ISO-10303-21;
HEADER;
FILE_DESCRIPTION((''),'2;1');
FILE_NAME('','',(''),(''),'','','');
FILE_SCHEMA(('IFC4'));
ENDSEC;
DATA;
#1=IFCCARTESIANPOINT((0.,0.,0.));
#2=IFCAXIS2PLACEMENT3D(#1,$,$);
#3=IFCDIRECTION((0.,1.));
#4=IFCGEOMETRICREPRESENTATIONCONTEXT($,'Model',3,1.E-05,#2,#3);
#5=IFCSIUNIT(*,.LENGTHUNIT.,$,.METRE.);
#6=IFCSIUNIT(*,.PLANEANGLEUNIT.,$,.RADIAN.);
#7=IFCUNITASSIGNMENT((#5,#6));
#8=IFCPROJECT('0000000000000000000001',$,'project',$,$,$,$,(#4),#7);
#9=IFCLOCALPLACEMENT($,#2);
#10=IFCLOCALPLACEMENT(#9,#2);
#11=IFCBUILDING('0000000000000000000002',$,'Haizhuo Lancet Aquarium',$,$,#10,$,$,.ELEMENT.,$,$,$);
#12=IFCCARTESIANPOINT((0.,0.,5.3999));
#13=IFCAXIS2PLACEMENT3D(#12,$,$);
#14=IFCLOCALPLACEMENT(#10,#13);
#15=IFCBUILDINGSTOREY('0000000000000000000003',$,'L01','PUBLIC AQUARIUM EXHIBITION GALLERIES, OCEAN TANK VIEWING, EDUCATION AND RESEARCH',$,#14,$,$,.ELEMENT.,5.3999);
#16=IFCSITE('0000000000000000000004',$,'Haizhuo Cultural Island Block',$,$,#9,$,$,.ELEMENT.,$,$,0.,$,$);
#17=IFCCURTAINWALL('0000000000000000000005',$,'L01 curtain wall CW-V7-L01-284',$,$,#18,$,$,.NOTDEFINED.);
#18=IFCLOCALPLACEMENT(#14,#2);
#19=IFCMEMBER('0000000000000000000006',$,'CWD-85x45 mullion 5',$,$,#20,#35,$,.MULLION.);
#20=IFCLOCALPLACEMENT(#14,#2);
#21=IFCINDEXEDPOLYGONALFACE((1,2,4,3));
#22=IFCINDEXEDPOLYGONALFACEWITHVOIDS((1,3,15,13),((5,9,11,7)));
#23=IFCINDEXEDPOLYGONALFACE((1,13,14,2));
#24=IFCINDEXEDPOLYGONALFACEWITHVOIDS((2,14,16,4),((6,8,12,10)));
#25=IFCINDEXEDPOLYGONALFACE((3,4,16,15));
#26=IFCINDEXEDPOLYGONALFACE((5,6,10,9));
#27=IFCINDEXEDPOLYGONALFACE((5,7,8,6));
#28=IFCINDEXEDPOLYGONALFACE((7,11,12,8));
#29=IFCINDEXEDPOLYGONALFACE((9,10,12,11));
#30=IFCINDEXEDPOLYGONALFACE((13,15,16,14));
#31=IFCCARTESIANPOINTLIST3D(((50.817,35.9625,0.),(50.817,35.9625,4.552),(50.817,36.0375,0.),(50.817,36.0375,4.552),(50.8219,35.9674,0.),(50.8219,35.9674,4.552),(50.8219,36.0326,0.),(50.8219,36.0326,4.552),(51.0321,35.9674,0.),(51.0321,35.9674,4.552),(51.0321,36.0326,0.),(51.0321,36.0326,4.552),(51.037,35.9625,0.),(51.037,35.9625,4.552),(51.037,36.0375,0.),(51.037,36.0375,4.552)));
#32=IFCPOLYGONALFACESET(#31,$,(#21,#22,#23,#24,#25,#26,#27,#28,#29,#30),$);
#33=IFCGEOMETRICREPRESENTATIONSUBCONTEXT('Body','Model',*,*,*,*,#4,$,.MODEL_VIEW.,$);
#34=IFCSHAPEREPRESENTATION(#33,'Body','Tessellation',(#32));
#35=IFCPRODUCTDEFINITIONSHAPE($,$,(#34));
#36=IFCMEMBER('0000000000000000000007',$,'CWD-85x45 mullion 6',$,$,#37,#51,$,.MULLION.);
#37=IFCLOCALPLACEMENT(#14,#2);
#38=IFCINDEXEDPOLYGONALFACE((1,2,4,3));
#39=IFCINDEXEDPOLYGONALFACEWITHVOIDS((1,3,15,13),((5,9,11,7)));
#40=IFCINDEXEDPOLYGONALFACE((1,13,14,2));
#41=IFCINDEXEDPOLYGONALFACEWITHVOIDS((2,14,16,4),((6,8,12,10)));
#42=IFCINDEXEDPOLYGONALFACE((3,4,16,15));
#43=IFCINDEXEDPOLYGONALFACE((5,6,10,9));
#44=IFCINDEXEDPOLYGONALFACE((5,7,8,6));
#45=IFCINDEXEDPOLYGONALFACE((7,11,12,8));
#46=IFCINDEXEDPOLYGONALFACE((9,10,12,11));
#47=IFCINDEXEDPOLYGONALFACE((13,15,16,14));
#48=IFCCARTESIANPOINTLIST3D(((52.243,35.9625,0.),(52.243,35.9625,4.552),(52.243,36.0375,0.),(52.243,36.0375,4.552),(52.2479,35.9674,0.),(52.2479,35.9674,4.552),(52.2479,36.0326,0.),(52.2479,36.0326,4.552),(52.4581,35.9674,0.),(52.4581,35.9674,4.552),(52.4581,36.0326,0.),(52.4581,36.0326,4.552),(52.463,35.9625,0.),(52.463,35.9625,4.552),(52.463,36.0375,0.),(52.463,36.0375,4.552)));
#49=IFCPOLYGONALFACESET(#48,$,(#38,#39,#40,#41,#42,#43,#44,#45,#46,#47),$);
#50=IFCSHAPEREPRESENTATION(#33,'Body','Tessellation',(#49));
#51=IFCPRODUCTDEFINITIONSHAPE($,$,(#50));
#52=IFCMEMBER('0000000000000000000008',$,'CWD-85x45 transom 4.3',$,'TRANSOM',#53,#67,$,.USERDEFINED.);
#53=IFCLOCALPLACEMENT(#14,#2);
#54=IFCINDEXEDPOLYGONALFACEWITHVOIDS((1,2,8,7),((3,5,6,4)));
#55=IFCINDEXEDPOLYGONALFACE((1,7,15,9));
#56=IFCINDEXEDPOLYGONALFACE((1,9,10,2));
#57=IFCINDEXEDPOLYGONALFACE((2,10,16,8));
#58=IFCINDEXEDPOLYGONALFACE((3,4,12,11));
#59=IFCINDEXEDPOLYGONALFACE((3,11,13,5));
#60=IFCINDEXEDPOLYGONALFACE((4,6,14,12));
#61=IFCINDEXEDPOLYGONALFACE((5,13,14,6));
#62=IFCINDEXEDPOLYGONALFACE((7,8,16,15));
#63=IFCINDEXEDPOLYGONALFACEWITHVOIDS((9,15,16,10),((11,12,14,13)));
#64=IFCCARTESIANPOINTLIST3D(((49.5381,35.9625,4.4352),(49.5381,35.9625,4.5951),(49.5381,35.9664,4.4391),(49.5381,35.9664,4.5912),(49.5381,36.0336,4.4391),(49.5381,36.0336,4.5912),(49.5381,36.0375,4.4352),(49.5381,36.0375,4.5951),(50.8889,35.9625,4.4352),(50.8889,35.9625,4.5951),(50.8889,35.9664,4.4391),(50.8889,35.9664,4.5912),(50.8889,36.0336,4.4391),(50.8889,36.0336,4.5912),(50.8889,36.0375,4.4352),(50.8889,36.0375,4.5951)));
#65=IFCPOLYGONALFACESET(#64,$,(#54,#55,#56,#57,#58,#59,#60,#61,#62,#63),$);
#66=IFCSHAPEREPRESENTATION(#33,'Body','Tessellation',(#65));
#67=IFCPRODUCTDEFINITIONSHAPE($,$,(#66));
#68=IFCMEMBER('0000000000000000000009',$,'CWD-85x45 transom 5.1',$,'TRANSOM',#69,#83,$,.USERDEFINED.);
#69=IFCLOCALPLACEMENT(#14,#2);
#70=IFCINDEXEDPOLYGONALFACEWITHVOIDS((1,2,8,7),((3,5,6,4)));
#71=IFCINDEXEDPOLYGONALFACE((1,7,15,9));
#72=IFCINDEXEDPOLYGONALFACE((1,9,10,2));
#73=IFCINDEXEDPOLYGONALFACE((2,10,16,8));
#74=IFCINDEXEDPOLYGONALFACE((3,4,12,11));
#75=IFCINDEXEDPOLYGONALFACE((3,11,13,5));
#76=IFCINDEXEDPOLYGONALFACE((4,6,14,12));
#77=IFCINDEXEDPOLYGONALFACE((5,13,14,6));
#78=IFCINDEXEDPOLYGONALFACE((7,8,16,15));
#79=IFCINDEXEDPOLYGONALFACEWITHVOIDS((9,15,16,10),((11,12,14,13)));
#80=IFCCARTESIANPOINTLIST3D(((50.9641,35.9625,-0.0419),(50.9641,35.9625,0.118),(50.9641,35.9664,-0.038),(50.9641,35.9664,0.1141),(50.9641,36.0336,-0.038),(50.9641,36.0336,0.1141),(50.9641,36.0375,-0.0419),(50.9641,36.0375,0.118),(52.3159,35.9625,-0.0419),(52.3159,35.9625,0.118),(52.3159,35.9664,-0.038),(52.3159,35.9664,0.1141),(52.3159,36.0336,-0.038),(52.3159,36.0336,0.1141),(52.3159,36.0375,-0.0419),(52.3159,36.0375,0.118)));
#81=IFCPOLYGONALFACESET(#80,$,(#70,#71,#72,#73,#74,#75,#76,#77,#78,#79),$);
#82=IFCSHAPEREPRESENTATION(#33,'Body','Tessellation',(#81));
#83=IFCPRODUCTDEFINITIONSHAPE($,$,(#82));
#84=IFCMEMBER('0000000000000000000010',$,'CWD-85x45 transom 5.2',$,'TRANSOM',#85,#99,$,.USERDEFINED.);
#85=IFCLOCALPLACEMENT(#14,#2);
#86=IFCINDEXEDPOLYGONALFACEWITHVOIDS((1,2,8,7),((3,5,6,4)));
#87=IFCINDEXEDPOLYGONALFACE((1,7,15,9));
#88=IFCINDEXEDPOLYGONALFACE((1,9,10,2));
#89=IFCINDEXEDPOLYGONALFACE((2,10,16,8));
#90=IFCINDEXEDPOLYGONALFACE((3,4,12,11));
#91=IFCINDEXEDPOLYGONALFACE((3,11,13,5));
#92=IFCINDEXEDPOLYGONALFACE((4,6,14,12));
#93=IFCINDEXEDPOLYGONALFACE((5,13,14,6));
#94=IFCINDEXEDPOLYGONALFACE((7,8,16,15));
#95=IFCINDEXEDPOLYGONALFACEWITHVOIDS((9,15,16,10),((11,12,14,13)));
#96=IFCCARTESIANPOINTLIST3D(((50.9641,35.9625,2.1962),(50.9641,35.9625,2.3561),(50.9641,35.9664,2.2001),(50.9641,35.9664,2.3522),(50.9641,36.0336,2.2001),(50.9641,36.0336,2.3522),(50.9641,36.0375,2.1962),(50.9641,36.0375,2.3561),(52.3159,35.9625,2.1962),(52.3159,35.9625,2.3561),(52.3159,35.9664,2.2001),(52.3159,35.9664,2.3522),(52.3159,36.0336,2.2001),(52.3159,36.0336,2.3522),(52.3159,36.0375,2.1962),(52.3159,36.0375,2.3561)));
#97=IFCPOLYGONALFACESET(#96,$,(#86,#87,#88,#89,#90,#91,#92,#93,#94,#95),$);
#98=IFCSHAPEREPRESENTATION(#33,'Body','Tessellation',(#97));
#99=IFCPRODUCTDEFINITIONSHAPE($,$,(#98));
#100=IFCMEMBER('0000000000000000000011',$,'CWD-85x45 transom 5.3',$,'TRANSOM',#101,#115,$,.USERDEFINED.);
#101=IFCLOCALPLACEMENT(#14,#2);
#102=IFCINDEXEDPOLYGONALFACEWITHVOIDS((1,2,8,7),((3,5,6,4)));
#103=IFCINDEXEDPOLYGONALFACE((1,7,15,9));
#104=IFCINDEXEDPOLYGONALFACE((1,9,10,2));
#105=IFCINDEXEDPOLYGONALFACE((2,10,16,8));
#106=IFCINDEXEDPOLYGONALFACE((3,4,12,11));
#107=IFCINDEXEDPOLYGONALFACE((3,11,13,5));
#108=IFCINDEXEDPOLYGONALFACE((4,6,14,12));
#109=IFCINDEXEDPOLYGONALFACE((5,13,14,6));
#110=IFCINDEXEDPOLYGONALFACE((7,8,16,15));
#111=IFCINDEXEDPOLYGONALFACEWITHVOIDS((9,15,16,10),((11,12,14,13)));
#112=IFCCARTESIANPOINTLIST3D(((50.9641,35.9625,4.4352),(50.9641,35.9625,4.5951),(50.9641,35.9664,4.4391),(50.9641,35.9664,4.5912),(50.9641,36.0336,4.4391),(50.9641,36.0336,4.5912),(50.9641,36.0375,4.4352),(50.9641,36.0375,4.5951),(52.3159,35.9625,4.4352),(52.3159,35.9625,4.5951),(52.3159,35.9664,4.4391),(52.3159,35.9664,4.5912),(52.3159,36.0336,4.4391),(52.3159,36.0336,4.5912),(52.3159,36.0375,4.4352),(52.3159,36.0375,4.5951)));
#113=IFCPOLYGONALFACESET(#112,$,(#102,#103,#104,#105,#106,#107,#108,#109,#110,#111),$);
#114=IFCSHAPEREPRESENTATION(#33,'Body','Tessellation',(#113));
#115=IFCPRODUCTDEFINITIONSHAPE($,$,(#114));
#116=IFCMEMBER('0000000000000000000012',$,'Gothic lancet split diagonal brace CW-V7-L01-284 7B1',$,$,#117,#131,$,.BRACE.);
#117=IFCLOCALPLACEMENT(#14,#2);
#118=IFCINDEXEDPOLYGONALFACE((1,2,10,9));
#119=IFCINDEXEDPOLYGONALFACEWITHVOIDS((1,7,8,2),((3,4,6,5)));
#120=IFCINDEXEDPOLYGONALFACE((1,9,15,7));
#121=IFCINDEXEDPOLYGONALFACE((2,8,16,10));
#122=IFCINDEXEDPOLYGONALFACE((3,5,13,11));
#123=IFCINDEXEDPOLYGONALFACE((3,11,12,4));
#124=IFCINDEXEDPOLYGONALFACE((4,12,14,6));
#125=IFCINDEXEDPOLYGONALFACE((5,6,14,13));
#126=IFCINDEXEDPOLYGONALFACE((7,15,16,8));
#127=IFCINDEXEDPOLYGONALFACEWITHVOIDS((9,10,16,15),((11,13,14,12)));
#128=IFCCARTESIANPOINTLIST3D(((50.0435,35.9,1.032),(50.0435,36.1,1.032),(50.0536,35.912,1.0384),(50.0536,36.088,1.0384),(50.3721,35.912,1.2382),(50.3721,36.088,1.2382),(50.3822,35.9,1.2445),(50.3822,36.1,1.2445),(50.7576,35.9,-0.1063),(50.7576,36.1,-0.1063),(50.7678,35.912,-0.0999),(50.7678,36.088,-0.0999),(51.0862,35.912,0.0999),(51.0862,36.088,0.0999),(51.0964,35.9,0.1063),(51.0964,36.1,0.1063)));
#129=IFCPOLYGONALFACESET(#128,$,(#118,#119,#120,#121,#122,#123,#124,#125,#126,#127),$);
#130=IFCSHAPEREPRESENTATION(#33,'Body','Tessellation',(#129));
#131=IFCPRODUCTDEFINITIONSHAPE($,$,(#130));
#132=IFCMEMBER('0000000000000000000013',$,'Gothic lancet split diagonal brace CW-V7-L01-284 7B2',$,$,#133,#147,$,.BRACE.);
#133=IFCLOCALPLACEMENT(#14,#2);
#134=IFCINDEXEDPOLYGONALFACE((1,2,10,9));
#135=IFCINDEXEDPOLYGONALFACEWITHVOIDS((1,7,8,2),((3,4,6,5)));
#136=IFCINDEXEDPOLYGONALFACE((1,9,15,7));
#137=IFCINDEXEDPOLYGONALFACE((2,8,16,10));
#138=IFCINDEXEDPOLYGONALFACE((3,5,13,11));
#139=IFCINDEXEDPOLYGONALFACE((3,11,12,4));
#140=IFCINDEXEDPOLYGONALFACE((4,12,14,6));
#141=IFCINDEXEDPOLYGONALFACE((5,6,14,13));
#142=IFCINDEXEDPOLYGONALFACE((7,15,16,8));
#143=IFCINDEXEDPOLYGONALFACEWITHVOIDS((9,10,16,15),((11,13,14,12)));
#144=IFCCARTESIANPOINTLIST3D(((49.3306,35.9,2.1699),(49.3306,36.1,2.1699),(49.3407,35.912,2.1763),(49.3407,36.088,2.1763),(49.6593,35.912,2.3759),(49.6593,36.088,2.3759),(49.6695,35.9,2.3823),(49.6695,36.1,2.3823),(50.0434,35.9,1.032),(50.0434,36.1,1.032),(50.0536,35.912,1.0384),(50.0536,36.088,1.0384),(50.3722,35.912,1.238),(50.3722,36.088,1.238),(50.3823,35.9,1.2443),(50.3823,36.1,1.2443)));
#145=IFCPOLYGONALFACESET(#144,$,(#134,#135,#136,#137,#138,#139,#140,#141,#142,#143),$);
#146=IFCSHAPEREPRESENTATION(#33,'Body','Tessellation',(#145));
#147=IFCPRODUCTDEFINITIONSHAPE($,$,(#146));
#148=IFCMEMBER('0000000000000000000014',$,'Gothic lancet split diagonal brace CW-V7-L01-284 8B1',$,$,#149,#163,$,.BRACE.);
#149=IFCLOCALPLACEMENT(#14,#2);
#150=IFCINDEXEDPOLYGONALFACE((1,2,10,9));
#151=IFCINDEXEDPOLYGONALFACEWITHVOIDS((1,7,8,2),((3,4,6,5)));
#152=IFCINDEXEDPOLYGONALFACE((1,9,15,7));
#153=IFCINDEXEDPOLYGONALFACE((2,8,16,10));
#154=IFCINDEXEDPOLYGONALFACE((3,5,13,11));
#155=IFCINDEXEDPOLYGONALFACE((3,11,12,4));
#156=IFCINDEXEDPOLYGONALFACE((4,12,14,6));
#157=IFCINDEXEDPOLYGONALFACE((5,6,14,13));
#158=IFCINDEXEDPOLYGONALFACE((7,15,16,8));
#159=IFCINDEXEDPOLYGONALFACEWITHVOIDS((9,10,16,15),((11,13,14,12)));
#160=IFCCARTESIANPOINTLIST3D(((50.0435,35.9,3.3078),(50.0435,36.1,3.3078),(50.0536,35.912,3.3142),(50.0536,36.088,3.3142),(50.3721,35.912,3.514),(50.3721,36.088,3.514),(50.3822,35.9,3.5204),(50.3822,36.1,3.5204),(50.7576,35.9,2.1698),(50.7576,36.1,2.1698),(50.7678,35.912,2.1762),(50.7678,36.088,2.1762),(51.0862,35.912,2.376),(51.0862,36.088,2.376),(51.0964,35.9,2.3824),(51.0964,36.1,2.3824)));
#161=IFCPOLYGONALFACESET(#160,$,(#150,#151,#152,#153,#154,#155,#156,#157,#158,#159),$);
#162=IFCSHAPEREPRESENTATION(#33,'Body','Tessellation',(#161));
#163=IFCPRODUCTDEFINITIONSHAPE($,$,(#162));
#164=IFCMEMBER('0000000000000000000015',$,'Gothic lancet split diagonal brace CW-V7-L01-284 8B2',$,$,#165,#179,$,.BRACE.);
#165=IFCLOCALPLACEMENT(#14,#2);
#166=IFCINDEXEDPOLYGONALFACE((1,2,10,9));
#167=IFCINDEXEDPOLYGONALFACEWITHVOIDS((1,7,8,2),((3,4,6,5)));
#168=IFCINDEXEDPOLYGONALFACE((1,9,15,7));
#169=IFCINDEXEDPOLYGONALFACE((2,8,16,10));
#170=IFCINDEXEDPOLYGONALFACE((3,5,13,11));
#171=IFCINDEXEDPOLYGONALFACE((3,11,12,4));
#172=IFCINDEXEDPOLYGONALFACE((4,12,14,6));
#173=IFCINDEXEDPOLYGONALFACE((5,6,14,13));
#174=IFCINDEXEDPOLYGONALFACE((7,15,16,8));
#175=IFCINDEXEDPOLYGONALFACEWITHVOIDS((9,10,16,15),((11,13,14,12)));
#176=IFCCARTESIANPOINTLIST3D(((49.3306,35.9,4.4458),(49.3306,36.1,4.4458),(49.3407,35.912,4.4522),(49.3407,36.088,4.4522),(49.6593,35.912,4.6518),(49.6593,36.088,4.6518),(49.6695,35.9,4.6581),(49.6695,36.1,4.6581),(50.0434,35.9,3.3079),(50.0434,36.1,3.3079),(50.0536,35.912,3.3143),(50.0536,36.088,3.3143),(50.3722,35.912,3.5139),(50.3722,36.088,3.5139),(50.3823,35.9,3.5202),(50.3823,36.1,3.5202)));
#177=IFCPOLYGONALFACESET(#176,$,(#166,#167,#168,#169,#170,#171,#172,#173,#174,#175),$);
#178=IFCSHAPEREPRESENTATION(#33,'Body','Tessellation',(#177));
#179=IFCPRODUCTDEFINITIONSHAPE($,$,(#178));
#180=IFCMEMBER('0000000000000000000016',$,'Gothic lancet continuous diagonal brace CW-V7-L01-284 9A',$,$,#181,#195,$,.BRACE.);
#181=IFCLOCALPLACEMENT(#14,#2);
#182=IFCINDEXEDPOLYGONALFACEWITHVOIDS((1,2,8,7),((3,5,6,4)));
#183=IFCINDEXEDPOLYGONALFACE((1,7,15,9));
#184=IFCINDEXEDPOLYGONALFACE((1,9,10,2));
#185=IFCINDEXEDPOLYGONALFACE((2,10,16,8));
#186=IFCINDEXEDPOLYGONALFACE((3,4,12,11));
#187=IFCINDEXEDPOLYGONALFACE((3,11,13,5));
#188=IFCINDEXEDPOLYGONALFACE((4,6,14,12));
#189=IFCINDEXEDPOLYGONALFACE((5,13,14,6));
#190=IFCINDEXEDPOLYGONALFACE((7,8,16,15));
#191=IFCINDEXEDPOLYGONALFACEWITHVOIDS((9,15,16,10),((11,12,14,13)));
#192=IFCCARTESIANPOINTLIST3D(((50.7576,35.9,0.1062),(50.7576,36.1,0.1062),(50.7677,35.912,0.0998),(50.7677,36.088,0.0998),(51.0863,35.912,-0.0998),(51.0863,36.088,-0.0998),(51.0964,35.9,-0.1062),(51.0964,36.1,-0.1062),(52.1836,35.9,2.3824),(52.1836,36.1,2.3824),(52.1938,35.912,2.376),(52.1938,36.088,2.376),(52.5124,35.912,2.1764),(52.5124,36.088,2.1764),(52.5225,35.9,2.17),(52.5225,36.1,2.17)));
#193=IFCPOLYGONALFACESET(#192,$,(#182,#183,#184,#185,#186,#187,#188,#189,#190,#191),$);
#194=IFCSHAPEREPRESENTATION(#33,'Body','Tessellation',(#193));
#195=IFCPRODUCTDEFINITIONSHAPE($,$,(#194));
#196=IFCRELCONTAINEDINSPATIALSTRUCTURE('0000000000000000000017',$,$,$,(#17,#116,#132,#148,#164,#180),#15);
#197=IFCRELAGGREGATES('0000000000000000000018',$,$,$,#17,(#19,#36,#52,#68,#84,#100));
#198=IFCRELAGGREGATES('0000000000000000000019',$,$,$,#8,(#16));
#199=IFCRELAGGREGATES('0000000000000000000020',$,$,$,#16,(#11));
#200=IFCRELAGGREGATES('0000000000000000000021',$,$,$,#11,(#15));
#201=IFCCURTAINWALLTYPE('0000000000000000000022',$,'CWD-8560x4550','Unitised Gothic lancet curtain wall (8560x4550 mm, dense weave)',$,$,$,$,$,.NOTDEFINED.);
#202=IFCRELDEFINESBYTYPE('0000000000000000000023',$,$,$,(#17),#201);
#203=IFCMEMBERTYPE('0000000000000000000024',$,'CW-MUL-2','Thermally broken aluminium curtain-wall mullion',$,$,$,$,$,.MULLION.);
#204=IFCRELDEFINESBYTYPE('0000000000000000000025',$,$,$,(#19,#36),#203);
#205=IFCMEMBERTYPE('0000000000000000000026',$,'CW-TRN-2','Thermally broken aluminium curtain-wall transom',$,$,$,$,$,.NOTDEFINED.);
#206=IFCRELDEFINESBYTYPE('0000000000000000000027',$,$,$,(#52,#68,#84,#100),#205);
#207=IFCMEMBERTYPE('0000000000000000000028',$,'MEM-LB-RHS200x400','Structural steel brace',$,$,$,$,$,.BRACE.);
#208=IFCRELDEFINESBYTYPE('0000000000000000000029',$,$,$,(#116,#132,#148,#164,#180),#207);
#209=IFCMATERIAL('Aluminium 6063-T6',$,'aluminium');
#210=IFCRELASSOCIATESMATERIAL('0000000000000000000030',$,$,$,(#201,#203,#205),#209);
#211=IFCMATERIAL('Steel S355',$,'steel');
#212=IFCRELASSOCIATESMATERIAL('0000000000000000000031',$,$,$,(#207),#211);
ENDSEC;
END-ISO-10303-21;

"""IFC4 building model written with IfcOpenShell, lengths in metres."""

from ifc_helpers import new_model, si_unit, direction, frame, origin, origin_2d, place, context, subcontext, project, spatial, hollow_rectangle, extrude, material, material_profile, profile_set, type_object, element, aggregate, save


model = new_model("IFC4")

# Units and contexts
model_context = context("Model", 3, precision=1e-05, world=origin(), true_north=direction((0.0, 1.0)))
body_context = subcontext(model_context, "Body", "Model", "MODEL_VIEW")
ifc_project = project(units=[si_unit("LENGTHUNIT", "METRE"), si_unit("PLANEANGLEUNIT", "RADIAN")], contexts=[model_context])

# Site, building, storey
site_placement = place(None, origin())
site = spatial("IfcSite", under=ifc_project, at=site_placement, Name="Haizhuo Cultural Island Block", CompositionType="ELEMENT", RefElevation=0.0)
building_placement = place(site_placement, origin())
building = spatial("IfcBuilding", under=site, at=building_placement, Name="Haizhuo Lancet Aquarium", CompositionType="ELEMENT")
storey_placement = place(building_placement, frame((0.0, 0.0, 5.3999)))
storey = spatial("IfcBuildingStorey", under=building, at=storey_placement, Name="L01", Description="PUBLIC AQUARIUM EXHIBITION GALLERIES, OCEAN TANK VIEWING, EDUCATION AND RESEARCH", CompositionType="ELEMENT", Elevation=5.3999)

# Curtain wall, members
ifc_material_1 = material(Name="Aluminium 6063-T6", Category="aluminium")
curtain_wall_type = type_object("IfcCurtainWallType", Name="CWD-8560x4550", Description="Unitised Gothic lancet curtain wall (8560x4550 mm, dense weave)", PredefinedType="NOTDEFINED", material=ifc_material_1)
curtain_wall_placement = place(storey_placement, origin())
curtain_wall = element("IfcCurtainWall", 1, at=curtain_wall_placement, inside=storey, type_object=curtain_wall_type, Name="L01 curtain wall CW-V7-L01-284", PredefinedType="NOTDEFINED")
ifc_material_profile_1 = material_profile(ifc_material_1, hollow_rectangle(XDim=0.075, YDim=0.22, WallThickness=0.0049, at=origin_2d()), Name="ALU-M 75x220x5")
ifc_profile_set_1 = profile_set([ifc_material_profile_1], Name="Aluminium 6063-T6")
member_type_1 = type_object("IfcMemberType", Name="CW-MUL-2", Description="Thermally broken aluminium curtain-wall mullion", PredefinedType="MULLION", material=ifc_profile_set_1)
member_1_placement = place(storey_placement, frame((50.927, 36.0, 0.0), z_axis=(0.0, 0.0, 1.0), x_axis=(0.0, 1.0, 0.0)))
member_1 = element("IfcMember", 2, at=member_1_placement, type_object=member_type_1, Name="CWD-85x45 mullion 5", PredefinedType="MULLION", context=body_context, shape_type="SweptSolid", body=[
    extrude(hollow_rectangle(XDim=0.075, YDim=0.22, WallThickness=0.0049, at=origin_2d()), origin(), (0.0, 0.0, 1.0), 4.552),
])
member_2_placement = place(storey_placement, frame((52.353, 36.0, 0.0), z_axis=(0.0, 0.0, 1.0), x_axis=(0.0, 1.0, 0.0)))
member_2 = element("IfcMember", 3, at=member_2_placement, type_object=member_type_1, Name="CWD-85x45 mullion 6", PredefinedType="MULLION", context=body_context, shape_type="SweptSolid", body=[
    extrude(hollow_rectangle(XDim=0.075, YDim=0.22, WallThickness=0.0049, at=origin_2d()), origin(), (0.0, 0.0, 1.0), 4.552),
])
ifc_material_profile_2 = material_profile(ifc_material_1, hollow_rectangle(XDim=0.075, YDim=0.1599, WallThickness=0.0039, at=origin_2d()), Name="ALU-T 75x160x4")
ifc_profile_set_2 = profile_set([ifc_material_profile_2], Name="Aluminium 6063-T6")
member_type_2 = type_object("IfcMemberType", Name="CW-TRN-2", Description="Thermally broken aluminium curtain-wall transom", PredefinedType="NOTDEFINED", material=ifc_profile_set_2)
member_3_placement = place(storey_placement, frame((49.5381, 36.0, 4.5151), z_axis=(1.0, 0.0, 0.0), x_axis=(0.0, 1.0, 0.0)))
member_3 = element("IfcMember", 4, at=member_3_placement, type_object=member_type_2, Name="CWD-85x45 transom 4.3", ObjectType="TRANSOM", PredefinedType="USERDEFINED", context=body_context, shape_type="SweptSolid", body=[
    extrude(hollow_rectangle(XDim=0.075, YDim=0.1599, WallThickness=0.0039, at=origin_2d()), origin(), (0.0, 0.0, 1.0), 1.3508),
])
member_4_placement = place(storey_placement, frame((50.9641, 36.0, 0.0381), z_axis=(1.0, 0.0, 0.0), x_axis=(0.0, 1.0, 0.0)))
member_4 = element("IfcMember", 5, at=member_4_placement, type_object=member_type_2, Name="CWD-85x45 transom 5.1", ObjectType="TRANSOM", PredefinedType="USERDEFINED", context=body_context, shape_type="SweptSolid", body=[
    extrude(hollow_rectangle(XDim=0.075, YDim=0.1599, WallThickness=0.0039, at=origin_2d()), origin(), (0.0, 0.0, 1.0), 1.3518),
])
member_5_placement = place(storey_placement, frame((50.9641, 36.0, 2.2761), z_axis=(1.0, 0.0, 0.0), x_axis=(0.0, 1.0, 0.0)))
member_5 = element("IfcMember", 6, at=member_5_placement, type_object=member_type_2, Name="CWD-85x45 transom 5.2", ObjectType="TRANSOM", PredefinedType="USERDEFINED", context=body_context, shape_type="SweptSolid", body=[
    extrude(hollow_rectangle(XDim=0.075, YDim=0.1599, WallThickness=0.0039, at=origin_2d()), origin(), (0.0, 0.0, 1.0), 1.3518),
])
member_6_placement = place(storey_placement, frame((50.9641, 36.0, 4.5151), z_axis=(1.0, 0.0, 0.0), x_axis=(0.0, 1.0, 0.0)))
member_6 = element("IfcMember", 7, at=member_6_placement, type_object=member_type_2, Name="CWD-85x45 transom 5.3", ObjectType="TRANSOM", PredefinedType="USERDEFINED", context=body_context, shape_type="SweptSolid", body=[
    extrude(hollow_rectangle(XDim=0.075, YDim=0.1599, WallThickness=0.0039, at=origin_2d()), origin(), (0.0, 0.0, 1.0), 1.3518),
])

# Members
ifc_material_2 = material(Name="Steel S355", Category="steel")
ifc_material_profile_3 = material_profile(ifc_material_2, hollow_rectangle(XDim=0.2, YDim=0.3999, WallThickness=0.012, at=origin_2d()), Name="RHS 200x400x12")
ifc_profile_set_3 = profile_set([ifc_material_profile_3], Name="Steel S355")
member_type_3 = type_object("IfcMemberType", Name="MEM-LB-RHS200x400", Description="Structural steel brace", PredefinedType="BRACE", material=ifc_profile_set_3)
member_7_placement = place(storey_placement, frame((50.927, 36.0, 0.0), z_axis=(-0.531468, 0.0, 0.847078), x_axis=(0.0, -1.0, 0.0)))
element("IfcMember", 8, at=member_7_placement, inside=storey, type_object=member_type_3, Name="Gothic lancet split diagonal brace CW-V7-L01-284 7B1", PredefinedType="BRACE", context=body_context, shape_type="SweptSolid", body=[
    extrude(hollow_rectangle(XDim=0.2, YDim=0.3999, WallThickness=0.012, at=origin_2d()), origin(), (0.0, 0.0, 1.0), 1.3438),
])
member_8_placement = place(storey_placement, frame((50.2129, 36.0, 1.1382), z_axis=(-0.530897, 0.0, 0.847436), x_axis=(0.0, -1.0, 0.0)))
element("IfcMember", 9, at=member_8_placement, inside=storey, type_object=member_type_3, Name="Gothic lancet split diagonal brace CW-V7-L01-284 7B2", PredefinedType="BRACE", context=body_context, shape_type="SweptSolid", body=[
    extrude(hollow_rectangle(XDim=0.2, YDim=0.3999, WallThickness=0.012, at=origin_2d()), origin(), (0.0, 0.0, 1.0), 1.3428),
])
member_9_placement = place(storey_placement, frame((50.927, 36.0, 2.2761), z_axis=(-0.53155, 0.0, 0.847027), x_axis=(0.0, -1.0, 0.0)))
element("IfcMember", 10, at=member_9_placement, inside=storey, type_object=member_type_3, Name="Gothic lancet split diagonal brace CW-V7-L01-284 8B1", PredefinedType="BRACE", context=body_context, shape_type="SweptSolid", body=[
    extrude(hollow_rectangle(XDim=0.2, YDim=0.3999, WallThickness=0.012, at=origin_2d()), origin(), (0.0, 0.0, 1.0), 1.3435),
])
member_10_placement = place(storey_placement, frame((50.2129, 36.0, 3.4141), z_axis=(-0.530897, 0.0, 0.847436), x_axis=(0.0, -1.0, 0.0)))
element("IfcMember", 11, at=member_10_placement, inside=storey, type_object=member_type_3, Name="Gothic lancet split diagonal brace CW-V7-L01-284 8B2", PredefinedType="BRACE", context=body_context, shape_type="SweptSolid", body=[
    extrude(hollow_rectangle(XDim=0.2, YDim=0.3999, WallThickness=0.012, at=origin_2d()), origin(), (0.0, 0.0, 1.0), 1.3428),
])
member_11_placement = place(storey_placement, frame((50.927, 36.0, 0.0), z_axis=(0.530922, 0.0, 0.847421), x_axis=(0.0, 1.0, 0.0)))
element("IfcMember", 12, at=member_11_placement, inside=storey, type_object=member_type_3, Name="Gothic lancet continuous diagonal brace CW-V7-L01-284 9A", PredefinedType="BRACE", context=body_context, shape_type="SweptSolid", body=[
    extrude(hollow_rectangle(XDim=0.2, YDim=0.3999, WallThickness=0.012, at=origin_2d()), origin(), (0.0, 0.0, 1.0), 2.686),
])

aggregate(curtain_wall, [member_1, member_2, member_3, member_4, member_5, member_6])

save(model, "model.ifc")
